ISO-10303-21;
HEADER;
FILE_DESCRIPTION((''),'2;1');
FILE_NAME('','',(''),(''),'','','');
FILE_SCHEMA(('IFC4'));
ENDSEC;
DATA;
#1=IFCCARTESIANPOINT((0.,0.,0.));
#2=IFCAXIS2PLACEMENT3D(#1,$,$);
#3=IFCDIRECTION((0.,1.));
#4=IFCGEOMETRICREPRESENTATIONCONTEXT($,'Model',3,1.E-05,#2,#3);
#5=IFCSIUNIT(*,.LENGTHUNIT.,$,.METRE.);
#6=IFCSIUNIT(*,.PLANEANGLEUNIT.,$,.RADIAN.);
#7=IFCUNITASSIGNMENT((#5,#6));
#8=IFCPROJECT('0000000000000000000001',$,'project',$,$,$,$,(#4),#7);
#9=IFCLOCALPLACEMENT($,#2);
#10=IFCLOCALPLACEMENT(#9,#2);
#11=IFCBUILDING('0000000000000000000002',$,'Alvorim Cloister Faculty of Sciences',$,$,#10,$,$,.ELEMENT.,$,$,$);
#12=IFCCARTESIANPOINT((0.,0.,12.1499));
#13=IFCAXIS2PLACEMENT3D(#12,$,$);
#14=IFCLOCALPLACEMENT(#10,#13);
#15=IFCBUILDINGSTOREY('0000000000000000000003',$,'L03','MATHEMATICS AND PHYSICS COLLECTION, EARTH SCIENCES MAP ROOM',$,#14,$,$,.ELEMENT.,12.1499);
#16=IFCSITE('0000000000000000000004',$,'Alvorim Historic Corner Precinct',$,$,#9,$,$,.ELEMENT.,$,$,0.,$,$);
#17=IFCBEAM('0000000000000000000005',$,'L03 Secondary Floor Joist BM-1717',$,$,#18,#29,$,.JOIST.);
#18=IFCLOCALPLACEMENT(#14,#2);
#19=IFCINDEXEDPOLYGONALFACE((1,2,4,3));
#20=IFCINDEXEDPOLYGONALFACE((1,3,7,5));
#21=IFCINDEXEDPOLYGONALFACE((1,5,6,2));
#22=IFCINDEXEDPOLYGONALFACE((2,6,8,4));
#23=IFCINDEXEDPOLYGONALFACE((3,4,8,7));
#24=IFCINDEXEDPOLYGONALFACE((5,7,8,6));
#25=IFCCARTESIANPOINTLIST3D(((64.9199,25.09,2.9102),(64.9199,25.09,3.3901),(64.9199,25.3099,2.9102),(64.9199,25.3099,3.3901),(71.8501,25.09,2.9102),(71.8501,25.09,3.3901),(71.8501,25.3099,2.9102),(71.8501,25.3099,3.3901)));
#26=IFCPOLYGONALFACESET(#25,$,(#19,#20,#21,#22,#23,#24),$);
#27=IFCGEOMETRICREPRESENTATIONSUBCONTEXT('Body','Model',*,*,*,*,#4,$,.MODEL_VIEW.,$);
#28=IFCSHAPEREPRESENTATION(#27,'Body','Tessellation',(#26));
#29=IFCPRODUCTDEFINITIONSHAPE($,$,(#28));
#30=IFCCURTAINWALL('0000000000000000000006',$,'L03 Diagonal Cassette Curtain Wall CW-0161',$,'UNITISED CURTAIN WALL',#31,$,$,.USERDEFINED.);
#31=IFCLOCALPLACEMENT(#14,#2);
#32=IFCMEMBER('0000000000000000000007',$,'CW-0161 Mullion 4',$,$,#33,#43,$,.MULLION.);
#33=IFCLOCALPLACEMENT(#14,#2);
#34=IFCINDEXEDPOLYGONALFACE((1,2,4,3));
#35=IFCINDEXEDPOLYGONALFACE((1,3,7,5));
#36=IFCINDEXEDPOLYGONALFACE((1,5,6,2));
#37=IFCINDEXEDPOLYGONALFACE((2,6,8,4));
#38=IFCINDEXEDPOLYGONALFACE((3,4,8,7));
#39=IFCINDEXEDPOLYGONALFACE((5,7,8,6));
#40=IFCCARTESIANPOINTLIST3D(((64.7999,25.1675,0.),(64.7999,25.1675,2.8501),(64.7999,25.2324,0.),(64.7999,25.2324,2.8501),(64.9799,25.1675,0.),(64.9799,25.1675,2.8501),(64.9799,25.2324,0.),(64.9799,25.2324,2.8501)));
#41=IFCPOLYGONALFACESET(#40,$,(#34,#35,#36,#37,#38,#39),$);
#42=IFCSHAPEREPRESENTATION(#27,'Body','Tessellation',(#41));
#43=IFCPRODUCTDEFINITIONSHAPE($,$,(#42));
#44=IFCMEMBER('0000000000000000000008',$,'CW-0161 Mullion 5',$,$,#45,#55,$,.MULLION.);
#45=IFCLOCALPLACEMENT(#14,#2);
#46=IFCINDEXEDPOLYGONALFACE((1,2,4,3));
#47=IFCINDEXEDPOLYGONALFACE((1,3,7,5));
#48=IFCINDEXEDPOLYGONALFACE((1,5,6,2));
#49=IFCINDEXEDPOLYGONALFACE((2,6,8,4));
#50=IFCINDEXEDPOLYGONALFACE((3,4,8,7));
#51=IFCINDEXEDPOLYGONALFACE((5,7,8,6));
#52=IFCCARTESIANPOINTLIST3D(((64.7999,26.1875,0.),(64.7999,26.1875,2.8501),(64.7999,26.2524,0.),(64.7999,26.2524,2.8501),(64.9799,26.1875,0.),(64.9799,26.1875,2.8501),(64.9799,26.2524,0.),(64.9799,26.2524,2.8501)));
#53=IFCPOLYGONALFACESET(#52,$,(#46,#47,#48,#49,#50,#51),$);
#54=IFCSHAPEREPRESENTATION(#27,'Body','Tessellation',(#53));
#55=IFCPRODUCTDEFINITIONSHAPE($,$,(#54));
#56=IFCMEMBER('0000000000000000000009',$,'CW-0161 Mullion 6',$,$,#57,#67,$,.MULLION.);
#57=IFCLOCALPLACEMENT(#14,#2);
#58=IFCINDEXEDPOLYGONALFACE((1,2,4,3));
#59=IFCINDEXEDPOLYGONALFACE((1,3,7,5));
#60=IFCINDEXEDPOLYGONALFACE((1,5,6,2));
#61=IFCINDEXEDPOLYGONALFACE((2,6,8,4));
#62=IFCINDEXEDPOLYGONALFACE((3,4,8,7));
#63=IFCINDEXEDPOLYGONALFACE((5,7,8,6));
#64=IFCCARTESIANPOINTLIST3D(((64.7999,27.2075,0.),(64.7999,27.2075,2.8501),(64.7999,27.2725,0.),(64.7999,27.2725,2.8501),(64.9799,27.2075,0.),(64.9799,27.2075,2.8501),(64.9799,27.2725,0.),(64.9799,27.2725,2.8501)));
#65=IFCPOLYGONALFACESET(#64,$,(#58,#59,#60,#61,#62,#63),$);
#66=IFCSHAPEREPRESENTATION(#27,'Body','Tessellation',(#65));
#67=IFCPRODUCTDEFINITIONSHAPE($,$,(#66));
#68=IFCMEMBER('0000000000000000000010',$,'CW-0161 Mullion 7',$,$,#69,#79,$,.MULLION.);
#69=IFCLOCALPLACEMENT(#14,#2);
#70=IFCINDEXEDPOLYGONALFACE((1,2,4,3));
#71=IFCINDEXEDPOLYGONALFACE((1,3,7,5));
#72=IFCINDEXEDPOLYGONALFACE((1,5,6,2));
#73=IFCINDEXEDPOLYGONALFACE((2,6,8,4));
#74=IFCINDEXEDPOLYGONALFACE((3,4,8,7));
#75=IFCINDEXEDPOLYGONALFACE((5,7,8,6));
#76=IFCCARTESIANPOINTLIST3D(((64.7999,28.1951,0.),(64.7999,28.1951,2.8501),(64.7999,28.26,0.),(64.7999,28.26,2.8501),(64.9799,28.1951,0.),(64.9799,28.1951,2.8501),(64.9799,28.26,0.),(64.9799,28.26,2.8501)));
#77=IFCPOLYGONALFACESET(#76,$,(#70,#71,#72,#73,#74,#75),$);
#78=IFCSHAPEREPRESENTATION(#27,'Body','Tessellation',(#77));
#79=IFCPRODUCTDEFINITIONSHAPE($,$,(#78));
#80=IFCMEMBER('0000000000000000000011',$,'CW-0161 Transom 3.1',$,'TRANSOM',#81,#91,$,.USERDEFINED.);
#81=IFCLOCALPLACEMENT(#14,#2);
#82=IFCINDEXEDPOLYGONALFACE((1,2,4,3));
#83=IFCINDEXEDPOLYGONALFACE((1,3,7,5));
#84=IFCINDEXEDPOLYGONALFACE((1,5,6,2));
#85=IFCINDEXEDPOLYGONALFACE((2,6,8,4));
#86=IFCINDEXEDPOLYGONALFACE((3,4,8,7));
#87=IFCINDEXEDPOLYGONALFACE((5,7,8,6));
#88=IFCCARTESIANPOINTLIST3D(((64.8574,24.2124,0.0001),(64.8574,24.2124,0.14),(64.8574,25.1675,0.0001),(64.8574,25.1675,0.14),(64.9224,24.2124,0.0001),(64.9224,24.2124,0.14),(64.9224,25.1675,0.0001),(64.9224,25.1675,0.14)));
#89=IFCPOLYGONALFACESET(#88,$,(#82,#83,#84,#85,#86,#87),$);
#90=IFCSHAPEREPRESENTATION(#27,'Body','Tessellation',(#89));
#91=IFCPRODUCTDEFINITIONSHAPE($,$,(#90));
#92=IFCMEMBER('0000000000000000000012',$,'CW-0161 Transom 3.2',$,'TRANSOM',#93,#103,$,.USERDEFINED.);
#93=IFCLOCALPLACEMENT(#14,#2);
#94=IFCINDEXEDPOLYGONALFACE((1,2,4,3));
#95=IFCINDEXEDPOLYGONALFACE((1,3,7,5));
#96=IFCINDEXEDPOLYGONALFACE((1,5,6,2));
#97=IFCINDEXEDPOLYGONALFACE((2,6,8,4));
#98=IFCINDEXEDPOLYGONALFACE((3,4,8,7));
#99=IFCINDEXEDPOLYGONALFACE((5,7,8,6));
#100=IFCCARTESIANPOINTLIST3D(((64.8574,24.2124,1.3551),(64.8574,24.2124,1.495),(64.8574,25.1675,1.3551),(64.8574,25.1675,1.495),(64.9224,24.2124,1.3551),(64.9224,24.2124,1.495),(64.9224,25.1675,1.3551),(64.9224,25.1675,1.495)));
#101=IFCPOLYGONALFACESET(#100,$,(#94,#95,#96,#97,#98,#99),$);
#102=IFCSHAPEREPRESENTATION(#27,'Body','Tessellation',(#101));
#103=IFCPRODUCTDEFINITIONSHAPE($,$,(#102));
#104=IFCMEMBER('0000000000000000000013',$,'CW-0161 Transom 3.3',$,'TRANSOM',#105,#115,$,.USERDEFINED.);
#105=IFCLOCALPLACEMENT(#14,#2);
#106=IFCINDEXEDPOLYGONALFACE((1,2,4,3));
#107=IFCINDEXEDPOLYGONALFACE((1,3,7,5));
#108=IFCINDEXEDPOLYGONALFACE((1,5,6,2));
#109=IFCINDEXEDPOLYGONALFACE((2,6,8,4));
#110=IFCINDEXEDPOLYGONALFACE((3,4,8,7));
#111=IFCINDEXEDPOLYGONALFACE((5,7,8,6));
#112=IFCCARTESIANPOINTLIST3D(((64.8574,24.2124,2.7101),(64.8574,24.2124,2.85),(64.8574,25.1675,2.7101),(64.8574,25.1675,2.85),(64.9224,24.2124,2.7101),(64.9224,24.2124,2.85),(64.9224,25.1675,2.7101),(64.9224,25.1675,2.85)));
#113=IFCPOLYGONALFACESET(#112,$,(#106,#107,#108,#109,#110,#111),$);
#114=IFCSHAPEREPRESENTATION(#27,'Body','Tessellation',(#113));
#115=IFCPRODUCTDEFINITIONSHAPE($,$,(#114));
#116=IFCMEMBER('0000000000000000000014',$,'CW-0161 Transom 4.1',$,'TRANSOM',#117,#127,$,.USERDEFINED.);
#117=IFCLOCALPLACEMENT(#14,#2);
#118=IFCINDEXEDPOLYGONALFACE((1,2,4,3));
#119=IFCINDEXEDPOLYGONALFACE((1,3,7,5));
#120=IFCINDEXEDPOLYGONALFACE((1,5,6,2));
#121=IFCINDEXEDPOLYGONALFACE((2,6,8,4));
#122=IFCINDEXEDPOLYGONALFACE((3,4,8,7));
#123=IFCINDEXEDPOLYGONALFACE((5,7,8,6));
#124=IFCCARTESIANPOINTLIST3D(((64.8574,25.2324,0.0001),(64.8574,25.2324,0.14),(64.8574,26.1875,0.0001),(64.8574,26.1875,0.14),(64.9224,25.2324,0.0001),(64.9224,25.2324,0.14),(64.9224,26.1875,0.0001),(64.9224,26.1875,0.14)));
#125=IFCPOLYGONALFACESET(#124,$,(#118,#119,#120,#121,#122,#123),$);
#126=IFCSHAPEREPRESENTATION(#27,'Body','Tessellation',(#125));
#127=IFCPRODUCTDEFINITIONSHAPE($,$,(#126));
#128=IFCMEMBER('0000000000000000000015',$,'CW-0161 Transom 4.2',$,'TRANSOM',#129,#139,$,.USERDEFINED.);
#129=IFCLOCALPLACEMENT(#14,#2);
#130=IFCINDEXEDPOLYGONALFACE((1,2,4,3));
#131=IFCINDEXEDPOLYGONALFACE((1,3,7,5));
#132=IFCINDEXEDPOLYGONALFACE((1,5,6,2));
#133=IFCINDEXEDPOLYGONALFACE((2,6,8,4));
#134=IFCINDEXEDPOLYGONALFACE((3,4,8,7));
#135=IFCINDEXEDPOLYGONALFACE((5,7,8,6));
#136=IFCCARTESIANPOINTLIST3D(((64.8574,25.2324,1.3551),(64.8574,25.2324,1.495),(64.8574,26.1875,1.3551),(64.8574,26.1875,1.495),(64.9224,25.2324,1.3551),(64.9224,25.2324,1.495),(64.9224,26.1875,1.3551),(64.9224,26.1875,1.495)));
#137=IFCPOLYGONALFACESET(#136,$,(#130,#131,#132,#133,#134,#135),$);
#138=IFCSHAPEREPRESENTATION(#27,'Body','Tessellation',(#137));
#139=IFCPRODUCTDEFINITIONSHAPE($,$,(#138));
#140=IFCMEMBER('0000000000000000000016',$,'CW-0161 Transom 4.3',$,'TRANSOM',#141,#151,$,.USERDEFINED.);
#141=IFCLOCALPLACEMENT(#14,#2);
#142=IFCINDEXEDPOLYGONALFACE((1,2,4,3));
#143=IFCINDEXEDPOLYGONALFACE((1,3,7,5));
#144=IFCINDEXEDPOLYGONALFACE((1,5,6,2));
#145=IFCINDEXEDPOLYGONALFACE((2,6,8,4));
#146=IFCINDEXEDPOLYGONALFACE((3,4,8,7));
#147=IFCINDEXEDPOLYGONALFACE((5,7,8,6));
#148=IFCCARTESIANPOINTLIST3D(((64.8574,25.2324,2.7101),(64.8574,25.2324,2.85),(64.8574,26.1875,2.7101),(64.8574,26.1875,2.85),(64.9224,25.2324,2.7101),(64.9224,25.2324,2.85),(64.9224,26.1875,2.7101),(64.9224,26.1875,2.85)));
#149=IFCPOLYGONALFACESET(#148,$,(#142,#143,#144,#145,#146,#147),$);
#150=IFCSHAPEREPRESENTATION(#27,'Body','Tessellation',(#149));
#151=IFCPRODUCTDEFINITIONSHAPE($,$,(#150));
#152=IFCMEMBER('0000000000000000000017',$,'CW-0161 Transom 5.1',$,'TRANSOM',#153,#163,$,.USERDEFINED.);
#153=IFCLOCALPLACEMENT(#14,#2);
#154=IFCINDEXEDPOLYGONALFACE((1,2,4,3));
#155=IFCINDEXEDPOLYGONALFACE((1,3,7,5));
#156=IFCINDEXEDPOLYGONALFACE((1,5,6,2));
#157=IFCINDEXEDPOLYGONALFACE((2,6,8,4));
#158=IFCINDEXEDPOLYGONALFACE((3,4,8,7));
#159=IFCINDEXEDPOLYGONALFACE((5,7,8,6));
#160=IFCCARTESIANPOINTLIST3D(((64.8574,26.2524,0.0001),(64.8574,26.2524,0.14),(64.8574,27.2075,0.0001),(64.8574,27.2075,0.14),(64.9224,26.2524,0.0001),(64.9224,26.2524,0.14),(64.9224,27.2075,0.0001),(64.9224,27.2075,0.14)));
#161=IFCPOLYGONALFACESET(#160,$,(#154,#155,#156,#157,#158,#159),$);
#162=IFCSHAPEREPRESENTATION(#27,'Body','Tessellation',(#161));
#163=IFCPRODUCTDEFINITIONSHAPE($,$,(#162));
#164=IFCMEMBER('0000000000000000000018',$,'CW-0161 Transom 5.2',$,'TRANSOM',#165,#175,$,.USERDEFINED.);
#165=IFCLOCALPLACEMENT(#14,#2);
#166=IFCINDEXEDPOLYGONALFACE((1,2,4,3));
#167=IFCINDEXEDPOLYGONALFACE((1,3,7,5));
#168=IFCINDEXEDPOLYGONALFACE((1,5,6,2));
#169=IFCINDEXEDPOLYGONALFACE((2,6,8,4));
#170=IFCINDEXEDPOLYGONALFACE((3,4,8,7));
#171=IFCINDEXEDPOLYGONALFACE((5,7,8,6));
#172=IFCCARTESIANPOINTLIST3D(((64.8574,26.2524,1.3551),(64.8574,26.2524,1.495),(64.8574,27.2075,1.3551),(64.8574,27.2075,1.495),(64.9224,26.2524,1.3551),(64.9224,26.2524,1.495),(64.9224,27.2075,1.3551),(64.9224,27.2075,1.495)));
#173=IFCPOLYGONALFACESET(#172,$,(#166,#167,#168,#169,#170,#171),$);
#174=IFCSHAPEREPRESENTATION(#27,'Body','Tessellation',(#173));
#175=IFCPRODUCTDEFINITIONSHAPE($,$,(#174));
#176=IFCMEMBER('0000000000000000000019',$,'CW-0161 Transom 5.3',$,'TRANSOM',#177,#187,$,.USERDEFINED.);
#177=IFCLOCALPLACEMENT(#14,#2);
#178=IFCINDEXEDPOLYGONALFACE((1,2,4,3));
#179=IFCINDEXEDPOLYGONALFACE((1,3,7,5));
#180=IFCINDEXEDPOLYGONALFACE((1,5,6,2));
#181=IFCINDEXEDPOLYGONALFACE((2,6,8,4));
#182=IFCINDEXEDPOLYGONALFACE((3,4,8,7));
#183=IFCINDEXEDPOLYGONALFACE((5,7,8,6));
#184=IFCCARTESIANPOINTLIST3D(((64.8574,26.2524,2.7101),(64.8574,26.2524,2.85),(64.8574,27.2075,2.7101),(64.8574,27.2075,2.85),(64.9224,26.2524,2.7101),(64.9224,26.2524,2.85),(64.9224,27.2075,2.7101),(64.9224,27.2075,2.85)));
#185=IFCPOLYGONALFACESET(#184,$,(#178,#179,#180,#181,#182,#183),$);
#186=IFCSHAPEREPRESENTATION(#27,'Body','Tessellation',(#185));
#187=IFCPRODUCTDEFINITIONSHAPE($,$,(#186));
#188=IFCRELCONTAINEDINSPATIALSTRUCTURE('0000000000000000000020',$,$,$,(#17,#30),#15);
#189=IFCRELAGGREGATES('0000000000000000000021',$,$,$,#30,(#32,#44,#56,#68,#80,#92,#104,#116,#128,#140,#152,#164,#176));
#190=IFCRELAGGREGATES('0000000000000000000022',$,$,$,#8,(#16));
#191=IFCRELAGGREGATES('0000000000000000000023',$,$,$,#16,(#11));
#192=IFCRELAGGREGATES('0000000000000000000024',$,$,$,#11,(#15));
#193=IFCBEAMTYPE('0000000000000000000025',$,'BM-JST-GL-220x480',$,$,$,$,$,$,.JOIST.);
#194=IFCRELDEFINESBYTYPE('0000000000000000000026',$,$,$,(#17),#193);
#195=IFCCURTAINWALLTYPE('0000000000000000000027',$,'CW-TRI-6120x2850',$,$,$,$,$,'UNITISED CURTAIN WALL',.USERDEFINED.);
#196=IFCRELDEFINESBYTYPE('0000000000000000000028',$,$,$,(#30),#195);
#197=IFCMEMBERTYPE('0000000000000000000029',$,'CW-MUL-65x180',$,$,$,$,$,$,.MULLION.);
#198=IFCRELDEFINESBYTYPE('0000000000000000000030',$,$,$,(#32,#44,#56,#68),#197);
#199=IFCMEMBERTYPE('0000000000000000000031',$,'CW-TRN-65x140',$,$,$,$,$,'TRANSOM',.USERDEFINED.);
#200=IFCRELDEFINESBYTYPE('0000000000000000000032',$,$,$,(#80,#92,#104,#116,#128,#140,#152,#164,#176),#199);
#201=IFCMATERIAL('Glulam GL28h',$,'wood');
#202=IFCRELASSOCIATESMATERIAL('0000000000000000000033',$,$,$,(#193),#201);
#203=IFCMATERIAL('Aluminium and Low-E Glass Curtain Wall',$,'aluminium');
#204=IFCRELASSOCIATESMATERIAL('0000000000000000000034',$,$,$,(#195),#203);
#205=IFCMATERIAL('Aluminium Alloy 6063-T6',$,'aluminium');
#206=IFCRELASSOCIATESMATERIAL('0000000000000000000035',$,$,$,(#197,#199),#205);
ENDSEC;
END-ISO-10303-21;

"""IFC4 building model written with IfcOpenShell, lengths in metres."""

from ifc_helpers import new_model, si_unit, direction, frame, origin, origin_2d, place, context, subcontext, project, spatial, rectangle, extrude, material, material_profile, profile_set, type_object, element, aggregate, save


model = new_model("IFC4")

# Units and contexts
model_context = context("Model", 3, precision=1e-05, world=origin(), true_north=direction((0.0, 1.0)))
body_context = subcontext(model_context, "Body", "Model", "MODEL_VIEW")
ifc_project = project(units=[si_unit("LENGTHUNIT", "METRE"), si_unit("PLANEANGLEUNIT", "RADIAN")], contexts=[model_context])

# Site, building, storey
site_placement = place(None, origin())
site = spatial("IfcSite", under=ifc_project, at=site_placement, Name="Alvorim Historic Corner Precinct", CompositionType="ELEMENT", RefElevation=0.0)
building_placement = place(site_placement, origin())
building = spatial("IfcBuilding", under=site, at=building_placement, Name="Alvorim Cloister Faculty of Sciences", CompositionType="ELEMENT")
storey_placement = place(building_placement, frame((0.0, 0.0, 12.1499)))
storey = spatial("IfcBuildingStorey", under=building, at=storey_placement, Name="L03", Description="MATHEMATICS AND PHYSICS COLLECTION, EARTH SCIENCES MAP ROOM", CompositionType="ELEMENT", Elevation=12.1499)

# Beam
ifc_material_1 = material(Name="Glulam GL28h", Category="wood")
ifc_material_profile_1 = material_profile(ifc_material_1, rectangle(XDim=0.22, YDim=0.48, at=origin_2d()), Name="GL28-JST-220x480")
ifc_profile_set_1 = profile_set([ifc_material_profile_1], Name="Glulam GL28h")
beam_type = type_object("IfcBeamType", Name="BM-JST-GL-220x480", PredefinedType="JOIST", material=ifc_profile_set_1)
beam_placement = place(storey_placement, frame((64.9199, 25.2, 3.1501), z_axis=(1.0, 0.0, 0.0), x_axis=(0.0, 1.0, 0.0)))
element("IfcBeam", 1, at=beam_placement, inside=storey, type_object=beam_type, Name="L03 Secondary Floor Joist BM-1717", PredefinedType="JOIST", context=body_context, shape_type="SweptSolid", body=[
    extrude(rectangle(XDim=0.22, YDim=0.48, at=origin_2d()), origin(), (0.0, 0.0, 1.0), 6.9302),
])

# Curtain wall, members
ifc_material_2 = material(Name="Aluminium and Low-E Glass Curtain Wall", Category="aluminium")
curtain_wall_type = type_object("IfcCurtainWallType", Name="CW-TRI-6120x2850", ElementType="UNITISED CURTAIN WALL", PredefinedType="USERDEFINED", material=ifc_material_2)
curtain_wall_placement = place(storey_placement, origin())
curtain_wall = element("IfcCurtainWall", 2, at=curtain_wall_placement, inside=storey, type_object=curtain_wall_type, Name="L03 Diagonal Cassette Curtain Wall CW-0161", ObjectType="UNITISED CURTAIN WALL", PredefinedType="USERDEFINED")
ifc_material_3 = material(Name="Aluminium Alloy 6063-T6", Category="aluminium")
ifc_material_profile_2 = material_profile(ifc_material_3, rectangle(XDim=0.0649, YDim=0.1799, at=origin_2d()), Name="ALU-MUL-65x180")
ifc_profile_set_2 = profile_set([ifc_material_profile_2], Name="Aluminium Alloy 6063-T6")
member_type_1 = type_object("IfcMemberType", Name="CW-MUL-65x180", PredefinedType="MULLION", material=ifc_profile_set_2)
member_1_placement = place(storey_placement, frame((64.8899, 25.2, 0.0), z_axis=(0.0, 0.0, 1.0), x_axis=(0.0, 1.0, 0.0)))
member_1 = element("IfcMember", 3, at=member_1_placement, type_object=member_type_1, Name="CW-0161 Mullion 4", PredefinedType="MULLION", context=body_context, shape_type="SweptSolid", body=[
    extrude(rectangle(XDim=0.0649, YDim=0.1799, at=origin_2d()), origin(), (0.0, 0.0, 1.0), 2.8501),
])
member_2_placement = place(storey_placement, frame((64.8899, 26.22, 0.0), z_axis=(0.0, 0.0, 1.0), x_axis=(0.0, 1.0, 0.0)))
member_2 = element("IfcMember", 4, at=member_2_placement, type_object=member_type_1, Name="CW-0161 Mullion 5", PredefinedType="MULLION", context=body_context, shape_type="SweptSolid", body=[
    extrude(rectangle(XDim=0.0649, YDim=0.1799, at=origin_2d()), origin(), (0.0, 0.0, 1.0), 2.8501),
])
member_3_placement = place(storey_placement, frame((64.8899, 27.24, 0.0), z_axis=(0.0, 0.0, 1.0), x_axis=(0.0, 1.0, 0.0)))
member_3 = element("IfcMember", 5, at=member_3_placement, type_object=member_type_1, Name="CW-0161 Mullion 6", PredefinedType="MULLION", context=body_context, shape_type="SweptSolid", body=[
    extrude(rectangle(XDim=0.0649, YDim=0.1799, at=origin_2d()), origin(), (0.0, 0.0, 1.0), 2.8501),
])
member_4_placement = place(storey_placement, frame((64.8899, 28.2275, 0.0), z_axis=(0.0, 0.0, 1.0), x_axis=(0.0, 1.0, 0.0)))
member_4 = element("IfcMember", 6, at=member_4_placement, type_object=member_type_1, Name="CW-0161 Mullion 7", PredefinedType="MULLION", context=body_context, shape_type="SweptSolid", body=[
    extrude(rectangle(XDim=0.0649, YDim=0.1799, at=origin_2d()), origin(), (0.0, 0.0, 1.0), 2.8501),
])
ifc_material_profile_3 = material_profile(ifc_material_3, rectangle(XDim=0.0649, YDim=0.1399, at=origin_2d()), Name="ALU-TRN-65x140")
ifc_profile_set_3 = profile_set([ifc_material_profile_3], Name="Aluminium Alloy 6063-T6")
member_type_2 = type_object("IfcMemberType", Name="CW-TRN-65x140", ElementType="TRANSOM", PredefinedType="USERDEFINED", material=ifc_profile_set_3)
member_5_placement = place(storey_placement, frame((64.8899, 24.2124, 0.0701), z_axis=(0.0, 1.0, 0.0), x_axis=(-1.0, 0.0, 0.0)))
member_5 = element("IfcMember", 7, at=member_5_placement, type_object=member_type_2, Name="CW-0161 Transom 3.1", ObjectType="TRANSOM", PredefinedType="USERDEFINED", context=body_context, shape_type="SweptSolid", body=[
    extrude(rectangle(XDim=0.0649, YDim=0.1399, at=origin_2d()), origin(), (0.0, 0.0, 1.0), 0.9551),
])
member_6_placement = place(storey_placement, frame((64.8899, 24.2124, 1.425), z_axis=(0.0, 1.0, 0.0), x_axis=(-1.0, 0.0, 0.0)))
member_6 = element("IfcMember", 8, at=member_6_placement, type_object=member_type_2, Name="CW-0161 Transom 3.2", ObjectType="TRANSOM", PredefinedType="USERDEFINED", context=body_context, shape_type="SweptSolid", body=[
    extrude(rectangle(XDim=0.0649, YDim=0.1399, at=origin_2d()), origin(), (0.0, 0.0, 1.0), 0.9551),
])
member_7_placement = place(storey_placement, frame((64.8899, 24.2124, 2.78), z_axis=(0.0, 1.0, 0.0), x_axis=(-1.0, 0.0, 0.0)))
member_7 = element("IfcMember", 9, at=member_7_placement, type_object=member_type_2, Name="CW-0161 Transom 3.3", ObjectType="TRANSOM", PredefinedType="USERDEFINED", context=body_context, shape_type="SweptSolid", body=[
    extrude(rectangle(XDim=0.0649, YDim=0.1399, at=origin_2d()), origin(), (0.0, 0.0, 1.0), 0.9551),
])
member_8_placement = place(storey_placement, frame((64.8899, 25.2324, 0.0701), z_axis=(0.0, 1.0, 0.0), x_axis=(-1.0, 0.0, 0.0)))
member_8 = element("IfcMember", 10, at=member_8_placement, type_object=member_type_2, Name="CW-0161 Transom 4.1", ObjectType="TRANSOM", PredefinedType="USERDEFINED", context=body_context, shape_type="SweptSolid", body=[
    extrude(rectangle(XDim=0.0649, YDim=0.1399, at=origin_2d()), origin(), (0.0, 0.0, 1.0), 0.9551),
])
member_9_placement = place(storey_placement, frame((64.8899, 25.2324, 1.425), z_axis=(0.0, 1.0, 0.0), x_axis=(-1.0, 0.0, 0.0)))
member_9 = element("IfcMember", 11, at=member_9_placement, type_object=member_type_2, Name="CW-0161 Transom 4.2", ObjectType="TRANSOM", PredefinedType="USERDEFINED", context=body_context, shape_type="SweptSolid", body=[
    extrude(rectangle(XDim=0.0649, YDim=0.1399, at=origin_2d()), origin(), (0.0, 0.0, 1.0), 0.9551),
])
member_10_placement = place(storey_placement, frame((64.8899, 25.2324, 2.78), z_axis=(0.0, 1.0, 0.0), x_axis=(-1.0, 0.0, 0.0)))
member_10 = element("IfcMember", 12, at=member_10_placement, type_object=member_type_2, Name="CW-0161 Transom 4.3", ObjectType="TRANSOM", PredefinedType="USERDEFINED", context=body_context, shape_type="SweptSolid", body=[
    extrude(rectangle(XDim=0.0649, YDim=0.1399, at=origin_2d()), origin(), (0.0, 0.0, 1.0), 0.9551),
])
member_11_placement = place(storey_placement, frame((64.8899, 26.2524, 0.0701), z_axis=(0.0, 1.0, 0.0), x_axis=(-1.0, 0.0, 0.0)))
member_11 = element("IfcMember", 13, at=member_11_placement, type_object=member_type_2, Name="CW-0161 Transom 5.1", ObjectType="TRANSOM", PredefinedType="USERDEFINED", context=body_context, shape_type="SweptSolid", body=[
    extrude(rectangle(XDim=0.0649, YDim=0.1399, at=origin_2d()), origin(), (0.0, 0.0, 1.0), 0.9551),
])
member_12_placement = place(storey_placement, frame((64.8899, 26.2524, 1.425), z_axis=(0.0, 1.0, 0.0), x_axis=(-1.0, 0.0, 0.0)))
member_12 = element("IfcMember", 14, at=member_12_placement, type_object=member_type_2, Name="CW-0161 Transom 5.2", ObjectType="TRANSOM", PredefinedType="USERDEFINED", context=body_context, shape_type="SweptSolid", body=[
    extrude(rectangle(XDim=0.0649, YDim=0.1399, at=origin_2d()), origin(), (0.0, 0.0, 1.0), 0.9551),
])
member_13_placement = place(storey_placement, frame((64.8899, 26.2524, 2.78), z_axis=(0.0, 1.0, 0.0), x_axis=(-1.0, 0.0, 0.0)))
member_13 = element("IfcMember", 15, at=member_13_placement, type_object=member_type_2, Name="CW-0161 Transom 5.3", ObjectType="TRANSOM", PredefinedType="USERDEFINED", context=body_context, shape_type="SweptSolid", body=[
    extrude(rectangle(XDim=0.0649, YDim=0.1399, at=origin_2d()), origin(), (0.0, 0.0, 1.0), 0.9551),
])
aggregate(curtain_wall, [member_1, member_2, member_3, member_4, member_5, member_6, member_7, member_8, member_9, member_10, member_11, member_12, member_13])

save(model, "model.ifc")
